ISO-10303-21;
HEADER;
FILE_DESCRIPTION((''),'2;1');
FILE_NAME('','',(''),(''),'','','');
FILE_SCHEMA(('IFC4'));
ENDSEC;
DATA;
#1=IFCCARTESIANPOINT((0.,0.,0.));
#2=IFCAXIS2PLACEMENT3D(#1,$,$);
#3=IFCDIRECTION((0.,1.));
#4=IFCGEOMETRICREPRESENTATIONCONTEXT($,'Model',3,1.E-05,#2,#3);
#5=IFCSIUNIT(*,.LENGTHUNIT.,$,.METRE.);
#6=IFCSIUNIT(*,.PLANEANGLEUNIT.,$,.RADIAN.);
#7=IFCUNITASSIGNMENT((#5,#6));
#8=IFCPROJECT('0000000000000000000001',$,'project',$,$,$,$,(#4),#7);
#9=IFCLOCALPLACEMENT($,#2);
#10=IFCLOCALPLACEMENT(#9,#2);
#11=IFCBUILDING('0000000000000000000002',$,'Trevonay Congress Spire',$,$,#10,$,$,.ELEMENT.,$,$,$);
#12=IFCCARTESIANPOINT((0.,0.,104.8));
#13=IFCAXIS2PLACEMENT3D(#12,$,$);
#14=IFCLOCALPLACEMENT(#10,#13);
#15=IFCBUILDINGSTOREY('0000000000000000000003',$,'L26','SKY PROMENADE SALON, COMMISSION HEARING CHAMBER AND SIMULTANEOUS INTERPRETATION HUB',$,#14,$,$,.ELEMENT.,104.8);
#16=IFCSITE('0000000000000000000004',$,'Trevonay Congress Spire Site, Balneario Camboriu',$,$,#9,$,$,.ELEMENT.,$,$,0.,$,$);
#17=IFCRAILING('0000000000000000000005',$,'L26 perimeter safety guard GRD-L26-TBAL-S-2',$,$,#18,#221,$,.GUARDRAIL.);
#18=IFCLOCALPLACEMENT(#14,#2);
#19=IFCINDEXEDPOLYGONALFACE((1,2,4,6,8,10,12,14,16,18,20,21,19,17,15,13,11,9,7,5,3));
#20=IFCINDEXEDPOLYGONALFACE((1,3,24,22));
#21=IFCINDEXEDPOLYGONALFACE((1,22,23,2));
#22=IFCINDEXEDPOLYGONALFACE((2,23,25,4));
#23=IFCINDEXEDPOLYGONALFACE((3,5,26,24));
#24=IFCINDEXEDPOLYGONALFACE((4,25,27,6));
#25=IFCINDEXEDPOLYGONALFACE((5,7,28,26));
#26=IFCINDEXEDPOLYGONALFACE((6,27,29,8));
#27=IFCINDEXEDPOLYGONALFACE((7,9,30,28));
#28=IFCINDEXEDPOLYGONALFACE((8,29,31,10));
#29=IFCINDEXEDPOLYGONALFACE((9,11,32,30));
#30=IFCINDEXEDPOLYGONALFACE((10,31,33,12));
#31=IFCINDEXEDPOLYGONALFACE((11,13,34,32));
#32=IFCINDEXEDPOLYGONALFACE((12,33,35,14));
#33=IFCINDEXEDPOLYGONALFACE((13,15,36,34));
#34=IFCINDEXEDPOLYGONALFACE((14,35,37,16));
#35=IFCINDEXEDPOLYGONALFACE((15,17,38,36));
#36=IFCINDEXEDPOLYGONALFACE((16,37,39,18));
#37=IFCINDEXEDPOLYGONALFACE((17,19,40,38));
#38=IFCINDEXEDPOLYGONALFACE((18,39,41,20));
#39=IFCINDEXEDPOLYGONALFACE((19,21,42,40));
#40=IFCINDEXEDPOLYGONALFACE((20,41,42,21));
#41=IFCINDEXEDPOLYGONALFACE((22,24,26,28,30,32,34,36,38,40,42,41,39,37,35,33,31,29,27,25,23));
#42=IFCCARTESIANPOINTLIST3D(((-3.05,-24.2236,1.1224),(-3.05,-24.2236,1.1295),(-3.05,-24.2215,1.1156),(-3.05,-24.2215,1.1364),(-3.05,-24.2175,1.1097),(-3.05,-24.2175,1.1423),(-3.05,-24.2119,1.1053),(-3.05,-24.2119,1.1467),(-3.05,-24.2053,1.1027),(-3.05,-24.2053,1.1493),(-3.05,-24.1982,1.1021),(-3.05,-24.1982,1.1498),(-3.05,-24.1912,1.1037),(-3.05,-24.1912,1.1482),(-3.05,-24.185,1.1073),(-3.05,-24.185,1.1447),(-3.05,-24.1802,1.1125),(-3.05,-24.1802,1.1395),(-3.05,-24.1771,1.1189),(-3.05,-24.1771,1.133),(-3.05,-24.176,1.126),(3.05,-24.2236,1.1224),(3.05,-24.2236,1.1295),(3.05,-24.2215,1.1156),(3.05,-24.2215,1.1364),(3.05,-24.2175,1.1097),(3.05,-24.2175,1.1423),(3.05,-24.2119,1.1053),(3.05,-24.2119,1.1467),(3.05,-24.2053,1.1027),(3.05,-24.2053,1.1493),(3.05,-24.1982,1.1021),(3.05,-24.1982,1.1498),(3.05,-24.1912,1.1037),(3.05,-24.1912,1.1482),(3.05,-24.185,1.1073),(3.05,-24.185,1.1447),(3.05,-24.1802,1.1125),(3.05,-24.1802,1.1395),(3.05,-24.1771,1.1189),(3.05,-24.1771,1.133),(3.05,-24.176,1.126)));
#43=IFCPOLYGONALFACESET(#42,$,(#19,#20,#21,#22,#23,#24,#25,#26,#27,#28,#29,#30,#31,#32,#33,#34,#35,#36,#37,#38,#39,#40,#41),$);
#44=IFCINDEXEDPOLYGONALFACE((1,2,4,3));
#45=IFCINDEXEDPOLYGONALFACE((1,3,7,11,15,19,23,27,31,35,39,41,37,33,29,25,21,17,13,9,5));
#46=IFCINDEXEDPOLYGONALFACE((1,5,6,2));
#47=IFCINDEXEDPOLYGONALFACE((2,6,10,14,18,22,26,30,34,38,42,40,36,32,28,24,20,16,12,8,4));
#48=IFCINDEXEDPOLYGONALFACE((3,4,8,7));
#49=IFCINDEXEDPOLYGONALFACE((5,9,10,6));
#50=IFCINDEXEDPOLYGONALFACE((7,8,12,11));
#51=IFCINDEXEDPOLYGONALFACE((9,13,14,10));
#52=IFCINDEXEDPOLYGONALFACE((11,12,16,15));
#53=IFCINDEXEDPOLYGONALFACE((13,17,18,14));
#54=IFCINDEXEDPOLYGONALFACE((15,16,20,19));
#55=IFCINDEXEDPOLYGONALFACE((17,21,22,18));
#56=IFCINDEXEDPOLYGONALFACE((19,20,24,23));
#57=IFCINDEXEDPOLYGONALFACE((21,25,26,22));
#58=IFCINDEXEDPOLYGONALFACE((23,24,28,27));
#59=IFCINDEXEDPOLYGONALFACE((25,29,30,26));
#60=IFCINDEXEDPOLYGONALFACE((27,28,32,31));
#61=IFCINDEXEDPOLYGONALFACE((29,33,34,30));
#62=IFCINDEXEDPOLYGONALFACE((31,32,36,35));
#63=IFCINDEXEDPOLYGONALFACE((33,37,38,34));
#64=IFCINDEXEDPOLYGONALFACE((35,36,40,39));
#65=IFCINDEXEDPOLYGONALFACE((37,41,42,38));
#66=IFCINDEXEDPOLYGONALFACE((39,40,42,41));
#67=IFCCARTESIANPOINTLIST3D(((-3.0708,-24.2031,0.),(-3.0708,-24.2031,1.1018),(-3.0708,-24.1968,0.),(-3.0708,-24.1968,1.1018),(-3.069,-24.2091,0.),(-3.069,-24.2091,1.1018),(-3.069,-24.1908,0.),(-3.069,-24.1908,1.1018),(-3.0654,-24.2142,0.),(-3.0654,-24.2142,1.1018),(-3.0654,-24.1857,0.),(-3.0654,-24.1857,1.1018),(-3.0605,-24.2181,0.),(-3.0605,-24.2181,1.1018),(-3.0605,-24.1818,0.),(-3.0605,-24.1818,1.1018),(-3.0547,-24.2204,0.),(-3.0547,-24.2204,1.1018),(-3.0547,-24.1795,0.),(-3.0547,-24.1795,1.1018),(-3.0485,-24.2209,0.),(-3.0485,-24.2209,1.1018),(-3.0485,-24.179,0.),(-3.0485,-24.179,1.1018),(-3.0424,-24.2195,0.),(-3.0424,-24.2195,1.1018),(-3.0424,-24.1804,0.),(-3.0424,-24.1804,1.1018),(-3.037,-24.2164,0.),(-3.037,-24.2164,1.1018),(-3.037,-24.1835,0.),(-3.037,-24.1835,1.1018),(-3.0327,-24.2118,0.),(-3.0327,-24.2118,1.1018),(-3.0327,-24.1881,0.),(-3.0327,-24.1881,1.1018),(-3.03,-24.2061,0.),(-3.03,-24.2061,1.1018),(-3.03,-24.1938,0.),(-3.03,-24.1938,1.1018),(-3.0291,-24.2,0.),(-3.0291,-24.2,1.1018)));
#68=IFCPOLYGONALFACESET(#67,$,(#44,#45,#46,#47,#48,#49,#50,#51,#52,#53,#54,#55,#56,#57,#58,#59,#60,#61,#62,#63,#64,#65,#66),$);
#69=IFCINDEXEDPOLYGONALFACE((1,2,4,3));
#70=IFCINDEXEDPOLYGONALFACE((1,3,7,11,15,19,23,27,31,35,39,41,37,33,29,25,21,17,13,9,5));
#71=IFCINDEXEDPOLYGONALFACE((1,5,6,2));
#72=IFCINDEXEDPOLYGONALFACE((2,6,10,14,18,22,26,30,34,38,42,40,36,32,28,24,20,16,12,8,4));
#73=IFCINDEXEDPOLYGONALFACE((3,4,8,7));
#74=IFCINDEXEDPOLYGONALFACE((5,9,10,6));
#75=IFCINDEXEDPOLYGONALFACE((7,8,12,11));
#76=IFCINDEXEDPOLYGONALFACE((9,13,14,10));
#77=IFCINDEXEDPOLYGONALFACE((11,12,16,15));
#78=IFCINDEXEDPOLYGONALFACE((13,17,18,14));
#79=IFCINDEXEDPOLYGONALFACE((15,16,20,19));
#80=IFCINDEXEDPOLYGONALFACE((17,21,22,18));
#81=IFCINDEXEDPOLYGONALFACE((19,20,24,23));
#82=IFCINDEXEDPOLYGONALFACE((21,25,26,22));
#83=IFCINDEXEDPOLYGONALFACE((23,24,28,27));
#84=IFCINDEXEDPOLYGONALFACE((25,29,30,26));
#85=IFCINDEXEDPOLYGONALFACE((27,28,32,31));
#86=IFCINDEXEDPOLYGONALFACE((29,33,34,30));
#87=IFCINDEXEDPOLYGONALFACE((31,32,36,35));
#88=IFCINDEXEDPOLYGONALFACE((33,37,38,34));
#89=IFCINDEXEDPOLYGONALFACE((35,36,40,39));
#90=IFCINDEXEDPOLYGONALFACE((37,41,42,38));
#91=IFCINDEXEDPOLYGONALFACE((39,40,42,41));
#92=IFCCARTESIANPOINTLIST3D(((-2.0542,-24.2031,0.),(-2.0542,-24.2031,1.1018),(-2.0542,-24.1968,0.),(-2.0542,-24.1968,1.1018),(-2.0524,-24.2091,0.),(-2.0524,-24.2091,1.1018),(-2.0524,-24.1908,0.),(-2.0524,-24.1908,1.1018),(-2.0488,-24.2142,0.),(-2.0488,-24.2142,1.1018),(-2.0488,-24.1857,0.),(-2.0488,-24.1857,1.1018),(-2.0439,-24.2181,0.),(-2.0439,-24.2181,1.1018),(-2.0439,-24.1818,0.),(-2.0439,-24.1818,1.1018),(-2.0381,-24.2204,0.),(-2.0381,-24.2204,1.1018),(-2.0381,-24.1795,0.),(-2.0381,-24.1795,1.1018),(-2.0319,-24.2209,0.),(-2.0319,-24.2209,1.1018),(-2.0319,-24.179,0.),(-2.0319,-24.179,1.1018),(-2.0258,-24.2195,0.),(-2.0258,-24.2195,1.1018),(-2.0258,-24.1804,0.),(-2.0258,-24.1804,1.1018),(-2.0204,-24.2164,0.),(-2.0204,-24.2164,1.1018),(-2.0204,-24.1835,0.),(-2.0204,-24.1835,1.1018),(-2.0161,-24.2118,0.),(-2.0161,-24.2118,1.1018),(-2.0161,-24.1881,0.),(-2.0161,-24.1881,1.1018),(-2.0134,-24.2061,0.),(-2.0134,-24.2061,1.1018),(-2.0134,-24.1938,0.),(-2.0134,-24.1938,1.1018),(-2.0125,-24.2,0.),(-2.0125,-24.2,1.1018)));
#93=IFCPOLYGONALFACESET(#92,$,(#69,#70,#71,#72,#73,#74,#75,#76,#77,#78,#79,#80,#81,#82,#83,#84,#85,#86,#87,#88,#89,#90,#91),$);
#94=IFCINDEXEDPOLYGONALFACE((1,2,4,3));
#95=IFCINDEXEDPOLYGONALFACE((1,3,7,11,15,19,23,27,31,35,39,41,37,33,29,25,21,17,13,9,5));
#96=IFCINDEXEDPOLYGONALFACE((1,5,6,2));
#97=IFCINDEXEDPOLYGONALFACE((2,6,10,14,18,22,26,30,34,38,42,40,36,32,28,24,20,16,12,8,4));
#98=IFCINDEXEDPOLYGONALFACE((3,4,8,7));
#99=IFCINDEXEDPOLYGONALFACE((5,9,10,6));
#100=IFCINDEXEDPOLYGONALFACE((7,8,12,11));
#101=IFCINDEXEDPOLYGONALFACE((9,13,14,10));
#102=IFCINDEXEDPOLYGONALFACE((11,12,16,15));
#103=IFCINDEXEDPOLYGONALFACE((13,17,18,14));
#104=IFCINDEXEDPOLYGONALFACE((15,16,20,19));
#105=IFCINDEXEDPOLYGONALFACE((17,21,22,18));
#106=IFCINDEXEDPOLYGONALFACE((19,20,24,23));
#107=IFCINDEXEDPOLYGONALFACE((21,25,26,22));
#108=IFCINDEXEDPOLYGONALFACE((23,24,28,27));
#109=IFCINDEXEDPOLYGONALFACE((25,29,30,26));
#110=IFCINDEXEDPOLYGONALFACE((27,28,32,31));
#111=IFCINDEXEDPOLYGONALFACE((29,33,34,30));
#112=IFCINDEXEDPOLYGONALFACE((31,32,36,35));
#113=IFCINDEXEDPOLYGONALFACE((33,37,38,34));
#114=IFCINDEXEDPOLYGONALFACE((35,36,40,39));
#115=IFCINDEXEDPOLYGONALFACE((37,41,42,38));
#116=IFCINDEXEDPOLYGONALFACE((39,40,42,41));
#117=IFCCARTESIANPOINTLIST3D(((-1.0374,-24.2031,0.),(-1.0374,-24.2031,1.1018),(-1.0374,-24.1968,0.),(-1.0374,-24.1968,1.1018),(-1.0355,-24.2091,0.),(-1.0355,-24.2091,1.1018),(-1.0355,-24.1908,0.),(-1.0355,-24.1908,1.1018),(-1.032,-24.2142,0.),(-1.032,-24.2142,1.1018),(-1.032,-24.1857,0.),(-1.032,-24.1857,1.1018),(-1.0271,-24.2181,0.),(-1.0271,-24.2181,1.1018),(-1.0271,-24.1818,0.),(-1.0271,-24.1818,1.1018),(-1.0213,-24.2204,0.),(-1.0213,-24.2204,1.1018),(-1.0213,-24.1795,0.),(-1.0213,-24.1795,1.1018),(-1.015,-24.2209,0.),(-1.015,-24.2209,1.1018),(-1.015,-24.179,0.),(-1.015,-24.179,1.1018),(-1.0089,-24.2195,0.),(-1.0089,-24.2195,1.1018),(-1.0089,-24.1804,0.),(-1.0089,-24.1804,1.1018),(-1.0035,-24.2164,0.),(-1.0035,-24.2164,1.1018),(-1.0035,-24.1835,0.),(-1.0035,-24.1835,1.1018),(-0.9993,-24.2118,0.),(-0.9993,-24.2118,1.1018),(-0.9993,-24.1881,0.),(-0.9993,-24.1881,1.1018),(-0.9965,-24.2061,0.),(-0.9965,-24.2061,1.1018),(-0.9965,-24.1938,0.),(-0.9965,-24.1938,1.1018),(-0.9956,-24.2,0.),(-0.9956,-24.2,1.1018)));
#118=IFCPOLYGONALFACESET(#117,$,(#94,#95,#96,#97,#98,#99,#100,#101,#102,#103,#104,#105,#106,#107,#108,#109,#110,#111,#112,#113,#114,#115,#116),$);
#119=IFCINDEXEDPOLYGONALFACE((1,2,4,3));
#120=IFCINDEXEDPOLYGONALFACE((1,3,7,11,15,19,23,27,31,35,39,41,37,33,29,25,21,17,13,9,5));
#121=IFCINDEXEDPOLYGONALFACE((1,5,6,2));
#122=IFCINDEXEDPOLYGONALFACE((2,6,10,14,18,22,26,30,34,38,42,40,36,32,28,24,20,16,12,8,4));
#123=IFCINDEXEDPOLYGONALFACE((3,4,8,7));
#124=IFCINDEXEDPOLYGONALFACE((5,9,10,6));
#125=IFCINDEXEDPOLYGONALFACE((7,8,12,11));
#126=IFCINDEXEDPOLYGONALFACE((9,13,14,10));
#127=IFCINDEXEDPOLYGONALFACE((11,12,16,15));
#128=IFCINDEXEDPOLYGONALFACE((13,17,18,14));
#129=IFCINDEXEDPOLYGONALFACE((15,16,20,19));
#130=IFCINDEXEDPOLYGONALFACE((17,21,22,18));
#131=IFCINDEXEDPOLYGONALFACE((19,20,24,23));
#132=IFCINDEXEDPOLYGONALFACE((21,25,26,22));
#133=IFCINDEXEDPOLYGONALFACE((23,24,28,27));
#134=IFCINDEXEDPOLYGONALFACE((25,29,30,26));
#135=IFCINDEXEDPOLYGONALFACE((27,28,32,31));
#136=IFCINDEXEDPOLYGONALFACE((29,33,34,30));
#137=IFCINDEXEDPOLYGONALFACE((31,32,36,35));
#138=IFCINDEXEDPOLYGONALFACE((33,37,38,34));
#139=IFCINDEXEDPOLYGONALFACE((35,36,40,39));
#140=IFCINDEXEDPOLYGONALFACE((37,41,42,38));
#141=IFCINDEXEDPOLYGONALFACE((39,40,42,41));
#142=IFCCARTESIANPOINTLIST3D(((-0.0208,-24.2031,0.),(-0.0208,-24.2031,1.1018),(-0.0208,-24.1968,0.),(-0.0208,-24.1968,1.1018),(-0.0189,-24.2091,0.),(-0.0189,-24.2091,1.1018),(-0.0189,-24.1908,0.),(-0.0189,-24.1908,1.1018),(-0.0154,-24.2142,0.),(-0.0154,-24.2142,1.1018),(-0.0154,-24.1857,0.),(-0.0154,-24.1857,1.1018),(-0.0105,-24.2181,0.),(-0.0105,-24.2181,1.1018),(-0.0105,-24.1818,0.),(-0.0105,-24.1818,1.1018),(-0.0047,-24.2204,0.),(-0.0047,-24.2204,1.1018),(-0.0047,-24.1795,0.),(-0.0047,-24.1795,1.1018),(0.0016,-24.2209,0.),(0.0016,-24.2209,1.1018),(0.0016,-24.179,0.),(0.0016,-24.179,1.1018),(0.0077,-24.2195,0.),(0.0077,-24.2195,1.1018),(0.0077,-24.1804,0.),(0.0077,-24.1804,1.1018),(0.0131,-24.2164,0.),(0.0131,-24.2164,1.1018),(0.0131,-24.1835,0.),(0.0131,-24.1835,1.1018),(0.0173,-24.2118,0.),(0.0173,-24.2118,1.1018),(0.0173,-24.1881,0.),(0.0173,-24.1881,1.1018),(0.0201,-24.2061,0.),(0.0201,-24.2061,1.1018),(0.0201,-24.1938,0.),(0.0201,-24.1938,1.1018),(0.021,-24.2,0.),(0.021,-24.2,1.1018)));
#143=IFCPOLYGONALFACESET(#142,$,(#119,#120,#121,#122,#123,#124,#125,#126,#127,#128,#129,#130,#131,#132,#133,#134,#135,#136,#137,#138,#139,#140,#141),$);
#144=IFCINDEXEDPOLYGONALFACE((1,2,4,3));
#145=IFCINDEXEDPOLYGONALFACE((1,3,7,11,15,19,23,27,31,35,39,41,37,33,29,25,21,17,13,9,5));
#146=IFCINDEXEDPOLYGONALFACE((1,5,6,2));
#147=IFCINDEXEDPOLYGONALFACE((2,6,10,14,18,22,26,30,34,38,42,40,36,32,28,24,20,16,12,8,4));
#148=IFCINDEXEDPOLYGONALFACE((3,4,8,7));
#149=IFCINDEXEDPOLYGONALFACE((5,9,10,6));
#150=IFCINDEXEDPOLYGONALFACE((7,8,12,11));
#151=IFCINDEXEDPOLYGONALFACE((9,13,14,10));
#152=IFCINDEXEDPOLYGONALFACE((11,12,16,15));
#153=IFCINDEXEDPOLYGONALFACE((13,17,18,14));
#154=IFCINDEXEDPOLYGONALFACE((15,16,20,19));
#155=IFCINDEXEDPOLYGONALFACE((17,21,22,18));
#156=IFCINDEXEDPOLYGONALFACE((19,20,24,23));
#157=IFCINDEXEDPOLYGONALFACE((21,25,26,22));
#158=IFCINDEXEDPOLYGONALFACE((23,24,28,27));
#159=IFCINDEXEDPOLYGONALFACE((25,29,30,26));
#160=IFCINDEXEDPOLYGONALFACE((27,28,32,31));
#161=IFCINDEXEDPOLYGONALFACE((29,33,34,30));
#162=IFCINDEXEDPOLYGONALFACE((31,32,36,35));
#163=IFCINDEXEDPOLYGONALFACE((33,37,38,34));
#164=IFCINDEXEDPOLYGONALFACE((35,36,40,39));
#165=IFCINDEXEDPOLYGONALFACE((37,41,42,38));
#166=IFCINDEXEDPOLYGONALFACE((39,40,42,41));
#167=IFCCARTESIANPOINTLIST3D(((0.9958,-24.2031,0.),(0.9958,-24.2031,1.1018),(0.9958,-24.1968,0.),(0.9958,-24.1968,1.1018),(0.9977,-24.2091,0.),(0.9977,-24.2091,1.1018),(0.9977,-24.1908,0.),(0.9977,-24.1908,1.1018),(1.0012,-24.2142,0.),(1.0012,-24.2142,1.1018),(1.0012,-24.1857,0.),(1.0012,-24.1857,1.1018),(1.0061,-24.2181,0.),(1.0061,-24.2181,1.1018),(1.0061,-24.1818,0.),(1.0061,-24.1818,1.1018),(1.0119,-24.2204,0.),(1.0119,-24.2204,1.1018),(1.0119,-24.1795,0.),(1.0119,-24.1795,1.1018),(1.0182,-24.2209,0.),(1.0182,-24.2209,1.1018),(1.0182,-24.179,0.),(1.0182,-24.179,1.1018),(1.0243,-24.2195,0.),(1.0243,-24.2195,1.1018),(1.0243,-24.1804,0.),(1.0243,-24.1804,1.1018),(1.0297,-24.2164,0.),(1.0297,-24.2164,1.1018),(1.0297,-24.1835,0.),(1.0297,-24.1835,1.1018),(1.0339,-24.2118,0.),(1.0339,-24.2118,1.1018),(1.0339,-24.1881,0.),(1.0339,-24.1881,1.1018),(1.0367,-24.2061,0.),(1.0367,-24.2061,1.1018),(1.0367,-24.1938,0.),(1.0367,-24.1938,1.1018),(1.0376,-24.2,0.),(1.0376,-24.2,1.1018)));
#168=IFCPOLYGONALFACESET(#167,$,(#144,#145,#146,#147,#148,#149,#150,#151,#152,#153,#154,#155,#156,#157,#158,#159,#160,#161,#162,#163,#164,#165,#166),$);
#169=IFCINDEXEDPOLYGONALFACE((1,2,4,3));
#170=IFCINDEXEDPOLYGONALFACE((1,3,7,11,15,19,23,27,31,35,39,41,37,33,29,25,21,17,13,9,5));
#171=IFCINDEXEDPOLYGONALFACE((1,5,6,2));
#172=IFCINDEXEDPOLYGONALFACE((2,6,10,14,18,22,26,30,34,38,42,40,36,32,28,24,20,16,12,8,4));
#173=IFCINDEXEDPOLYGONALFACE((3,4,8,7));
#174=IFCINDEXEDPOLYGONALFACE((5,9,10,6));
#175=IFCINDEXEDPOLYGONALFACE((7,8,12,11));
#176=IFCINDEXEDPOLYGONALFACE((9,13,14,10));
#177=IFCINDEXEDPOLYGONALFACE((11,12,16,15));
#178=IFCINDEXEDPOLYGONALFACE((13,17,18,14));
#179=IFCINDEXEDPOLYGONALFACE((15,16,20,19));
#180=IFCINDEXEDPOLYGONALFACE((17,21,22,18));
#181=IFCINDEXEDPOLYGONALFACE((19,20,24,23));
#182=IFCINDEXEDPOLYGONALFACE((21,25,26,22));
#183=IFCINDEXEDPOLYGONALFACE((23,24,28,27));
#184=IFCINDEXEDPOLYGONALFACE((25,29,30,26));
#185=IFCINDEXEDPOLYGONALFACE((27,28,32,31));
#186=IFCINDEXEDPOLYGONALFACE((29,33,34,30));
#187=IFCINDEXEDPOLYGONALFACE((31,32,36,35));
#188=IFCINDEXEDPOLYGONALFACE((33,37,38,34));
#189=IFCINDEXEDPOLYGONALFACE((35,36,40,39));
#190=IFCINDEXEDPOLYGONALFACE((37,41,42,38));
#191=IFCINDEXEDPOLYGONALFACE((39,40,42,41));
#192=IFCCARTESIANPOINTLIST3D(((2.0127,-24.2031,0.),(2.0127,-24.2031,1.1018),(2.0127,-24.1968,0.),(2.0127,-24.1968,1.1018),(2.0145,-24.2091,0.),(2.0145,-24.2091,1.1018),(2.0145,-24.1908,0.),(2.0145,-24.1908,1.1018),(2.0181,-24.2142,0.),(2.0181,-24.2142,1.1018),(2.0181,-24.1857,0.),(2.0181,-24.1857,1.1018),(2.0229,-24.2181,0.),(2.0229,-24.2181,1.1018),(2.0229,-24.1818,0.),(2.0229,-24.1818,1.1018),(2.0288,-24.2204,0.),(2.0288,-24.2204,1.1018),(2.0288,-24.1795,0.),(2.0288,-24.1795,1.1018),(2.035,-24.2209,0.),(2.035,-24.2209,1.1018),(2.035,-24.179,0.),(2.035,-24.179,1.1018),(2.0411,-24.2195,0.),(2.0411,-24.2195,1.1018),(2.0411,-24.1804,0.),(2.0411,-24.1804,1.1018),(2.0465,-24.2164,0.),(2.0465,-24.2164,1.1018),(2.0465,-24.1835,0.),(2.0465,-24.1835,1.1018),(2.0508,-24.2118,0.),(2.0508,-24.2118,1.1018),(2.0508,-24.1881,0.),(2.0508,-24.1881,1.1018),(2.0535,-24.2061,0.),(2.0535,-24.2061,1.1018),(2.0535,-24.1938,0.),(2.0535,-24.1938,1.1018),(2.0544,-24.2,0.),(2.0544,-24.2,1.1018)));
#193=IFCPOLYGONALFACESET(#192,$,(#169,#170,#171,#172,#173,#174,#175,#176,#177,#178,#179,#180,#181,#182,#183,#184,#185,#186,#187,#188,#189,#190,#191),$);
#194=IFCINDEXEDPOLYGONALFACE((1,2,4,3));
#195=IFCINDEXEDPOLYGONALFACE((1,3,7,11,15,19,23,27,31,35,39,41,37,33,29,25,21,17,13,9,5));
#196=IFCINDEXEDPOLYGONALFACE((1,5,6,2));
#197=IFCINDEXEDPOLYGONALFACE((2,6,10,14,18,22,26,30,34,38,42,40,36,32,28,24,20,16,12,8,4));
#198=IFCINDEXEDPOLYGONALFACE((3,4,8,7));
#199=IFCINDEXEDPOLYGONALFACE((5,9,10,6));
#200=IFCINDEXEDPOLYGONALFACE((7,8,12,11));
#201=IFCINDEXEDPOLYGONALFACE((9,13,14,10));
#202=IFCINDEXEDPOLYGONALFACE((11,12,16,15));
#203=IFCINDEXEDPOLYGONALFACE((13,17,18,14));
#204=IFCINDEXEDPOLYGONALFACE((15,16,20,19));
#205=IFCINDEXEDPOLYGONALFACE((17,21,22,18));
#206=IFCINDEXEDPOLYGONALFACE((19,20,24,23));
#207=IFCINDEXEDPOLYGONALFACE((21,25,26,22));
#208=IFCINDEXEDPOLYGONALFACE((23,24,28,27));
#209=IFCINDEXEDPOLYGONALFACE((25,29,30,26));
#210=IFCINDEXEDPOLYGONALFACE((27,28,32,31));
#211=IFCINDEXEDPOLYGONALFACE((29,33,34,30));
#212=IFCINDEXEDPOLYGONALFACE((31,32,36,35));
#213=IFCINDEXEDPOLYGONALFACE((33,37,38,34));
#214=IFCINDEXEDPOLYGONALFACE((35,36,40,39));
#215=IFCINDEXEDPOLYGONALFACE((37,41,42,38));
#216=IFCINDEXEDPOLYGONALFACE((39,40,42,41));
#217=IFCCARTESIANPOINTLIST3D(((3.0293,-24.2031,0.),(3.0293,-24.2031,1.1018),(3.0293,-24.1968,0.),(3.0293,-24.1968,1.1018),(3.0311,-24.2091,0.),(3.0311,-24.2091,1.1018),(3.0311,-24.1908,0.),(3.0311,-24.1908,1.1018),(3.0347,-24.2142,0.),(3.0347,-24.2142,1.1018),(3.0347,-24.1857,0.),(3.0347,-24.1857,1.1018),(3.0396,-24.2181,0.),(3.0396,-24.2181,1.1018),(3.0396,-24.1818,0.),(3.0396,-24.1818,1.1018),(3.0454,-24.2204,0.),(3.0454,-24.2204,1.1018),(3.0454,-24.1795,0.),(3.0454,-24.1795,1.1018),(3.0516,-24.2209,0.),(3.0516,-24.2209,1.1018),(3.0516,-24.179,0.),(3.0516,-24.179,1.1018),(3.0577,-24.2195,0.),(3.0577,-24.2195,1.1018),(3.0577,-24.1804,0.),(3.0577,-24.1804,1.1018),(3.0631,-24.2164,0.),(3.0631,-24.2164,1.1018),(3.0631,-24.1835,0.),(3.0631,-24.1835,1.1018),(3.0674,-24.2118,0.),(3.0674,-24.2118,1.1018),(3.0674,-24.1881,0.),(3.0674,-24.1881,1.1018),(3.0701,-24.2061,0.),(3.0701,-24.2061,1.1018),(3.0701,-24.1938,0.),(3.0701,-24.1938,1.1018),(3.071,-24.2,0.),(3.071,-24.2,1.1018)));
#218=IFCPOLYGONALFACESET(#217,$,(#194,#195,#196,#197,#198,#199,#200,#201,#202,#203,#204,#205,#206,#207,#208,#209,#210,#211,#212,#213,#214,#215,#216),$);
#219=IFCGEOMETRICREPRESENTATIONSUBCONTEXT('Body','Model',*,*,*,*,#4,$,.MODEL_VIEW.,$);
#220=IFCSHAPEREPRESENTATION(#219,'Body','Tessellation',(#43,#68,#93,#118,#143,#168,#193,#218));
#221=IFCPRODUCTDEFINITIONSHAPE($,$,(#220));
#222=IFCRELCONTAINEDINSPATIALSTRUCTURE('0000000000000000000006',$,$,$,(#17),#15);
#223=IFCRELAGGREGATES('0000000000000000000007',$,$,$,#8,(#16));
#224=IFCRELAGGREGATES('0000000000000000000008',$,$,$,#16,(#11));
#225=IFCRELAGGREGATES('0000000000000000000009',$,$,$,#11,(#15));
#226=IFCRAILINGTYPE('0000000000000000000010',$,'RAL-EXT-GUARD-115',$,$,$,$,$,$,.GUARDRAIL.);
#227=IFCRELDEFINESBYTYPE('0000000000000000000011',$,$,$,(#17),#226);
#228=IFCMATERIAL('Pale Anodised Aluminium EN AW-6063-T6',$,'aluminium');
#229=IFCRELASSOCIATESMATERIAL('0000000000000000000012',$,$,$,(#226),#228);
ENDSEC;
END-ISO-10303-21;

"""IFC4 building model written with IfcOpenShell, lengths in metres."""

from ifc_helpers import new_model, si_unit, direction, frame, origin, origin_2d, place, context, subcontext, project, spatial, circle, extrude, material, type_object, element, save


model = new_model("IFC4")

# Units and contexts
model_context = context("Model", 3, precision=1e-05, world=origin(), true_north=direction((0.0, 1.0)))
body_context = subcontext(model_context, "Body", "Model", "MODEL_VIEW")
ifc_project = project(units=[si_unit("LENGTHUNIT", "METRE"), si_unit("PLANEANGLEUNIT", "RADIAN")], contexts=[model_context])

# Site, building, storey
site_placement = place(None, origin())
site = spatial("IfcSite", under=ifc_project, at=site_placement, Name="Trevonay Congress Spire Site, Balneario Camboriu", CompositionType="ELEMENT", RefElevation=0.0)
building_placement = place(site_placement, origin())
building = spatial("IfcBuilding", under=site, at=building_placement, Name="Trevonay Congress Spire", CompositionType="ELEMENT")
storey_placement = place(building_placement, frame((0.0, 0.0, 104.8)))
storey = spatial("IfcBuildingStorey", under=building, at=storey_placement, Name="L26", Description="SKY PROMENADE SALON, COMMISSION HEARING CHAMBER AND SIMULTANEOUS INTERPRETATION HUB", CompositionType="ELEMENT", Elevation=104.8)

# Shared definitions
ifc_material_1 = material(Name="Pale Anodised Aluminium EN AW-6063-T6", Category="aluminium")

# Railing
railing_type = type_object("IfcRailingType", Name="RAL-EXT-GUARD-115", PredefinedType="GUARDRAIL", material=ifc_material_1)
railing_1_placement = place(storey_placement, frame((-3.05, -24.2, 0.0)))
element("IfcRailing", 1, at=railing_1_placement, inside=storey, type_object=railing_type, Name="L26 perimeter safety guard GRD-L26-TBAL-S-2", PredefinedType="GUARDRAIL", context=body_context, shape_type="SweptSolid", body=[
    extrude(circle(Radius=0.0239, at=origin_2d()), frame((0.0, 0.0, 1.126), z_axis=(1.0, 0.0, 0.0), x_axis=(0.0, 1.0, 0.0)), (0.0, 0.0, 1.0), 6.1001),
    extrude(circle(Radius=0.021, at=origin_2d()), origin(), (0.0, 0.0, 1.0), 1.1018),
    extrude(circle(Radius=0.021, at=origin_2d()), frame((1.0166, 0.0, 0.0)), (0.0, 0.0, 1.0), 1.1018),
    extrude(circle(Radius=0.021, at=origin_2d()), frame((2.0334, 0.0, 0.0)), (0.0, 0.0, 1.0), 1.1018),
    extrude(circle(Radius=0.021, at=origin_2d()), frame((3.05, 0.0, 0.0)), (0.0, 0.0, 1.0), 1.1018),
    extrude(circle(Radius=0.021, at=origin_2d()), frame((4.0667, 0.0, 0.0)), (0.0, 0.0, 1.0), 1.1018),
    extrude(circle(Radius=0.021, at=origin_2d()), frame((5.0835, 0.0, 0.0)), (0.0, 0.0, 1.0), 1.1018),
    extrude(circle(Radius=0.021, at=origin_2d()), frame((6.1001, 0.0, 0.0)), (0.0, 0.0, 1.0), 1.1018),
])

save(model, "model.ifc")
